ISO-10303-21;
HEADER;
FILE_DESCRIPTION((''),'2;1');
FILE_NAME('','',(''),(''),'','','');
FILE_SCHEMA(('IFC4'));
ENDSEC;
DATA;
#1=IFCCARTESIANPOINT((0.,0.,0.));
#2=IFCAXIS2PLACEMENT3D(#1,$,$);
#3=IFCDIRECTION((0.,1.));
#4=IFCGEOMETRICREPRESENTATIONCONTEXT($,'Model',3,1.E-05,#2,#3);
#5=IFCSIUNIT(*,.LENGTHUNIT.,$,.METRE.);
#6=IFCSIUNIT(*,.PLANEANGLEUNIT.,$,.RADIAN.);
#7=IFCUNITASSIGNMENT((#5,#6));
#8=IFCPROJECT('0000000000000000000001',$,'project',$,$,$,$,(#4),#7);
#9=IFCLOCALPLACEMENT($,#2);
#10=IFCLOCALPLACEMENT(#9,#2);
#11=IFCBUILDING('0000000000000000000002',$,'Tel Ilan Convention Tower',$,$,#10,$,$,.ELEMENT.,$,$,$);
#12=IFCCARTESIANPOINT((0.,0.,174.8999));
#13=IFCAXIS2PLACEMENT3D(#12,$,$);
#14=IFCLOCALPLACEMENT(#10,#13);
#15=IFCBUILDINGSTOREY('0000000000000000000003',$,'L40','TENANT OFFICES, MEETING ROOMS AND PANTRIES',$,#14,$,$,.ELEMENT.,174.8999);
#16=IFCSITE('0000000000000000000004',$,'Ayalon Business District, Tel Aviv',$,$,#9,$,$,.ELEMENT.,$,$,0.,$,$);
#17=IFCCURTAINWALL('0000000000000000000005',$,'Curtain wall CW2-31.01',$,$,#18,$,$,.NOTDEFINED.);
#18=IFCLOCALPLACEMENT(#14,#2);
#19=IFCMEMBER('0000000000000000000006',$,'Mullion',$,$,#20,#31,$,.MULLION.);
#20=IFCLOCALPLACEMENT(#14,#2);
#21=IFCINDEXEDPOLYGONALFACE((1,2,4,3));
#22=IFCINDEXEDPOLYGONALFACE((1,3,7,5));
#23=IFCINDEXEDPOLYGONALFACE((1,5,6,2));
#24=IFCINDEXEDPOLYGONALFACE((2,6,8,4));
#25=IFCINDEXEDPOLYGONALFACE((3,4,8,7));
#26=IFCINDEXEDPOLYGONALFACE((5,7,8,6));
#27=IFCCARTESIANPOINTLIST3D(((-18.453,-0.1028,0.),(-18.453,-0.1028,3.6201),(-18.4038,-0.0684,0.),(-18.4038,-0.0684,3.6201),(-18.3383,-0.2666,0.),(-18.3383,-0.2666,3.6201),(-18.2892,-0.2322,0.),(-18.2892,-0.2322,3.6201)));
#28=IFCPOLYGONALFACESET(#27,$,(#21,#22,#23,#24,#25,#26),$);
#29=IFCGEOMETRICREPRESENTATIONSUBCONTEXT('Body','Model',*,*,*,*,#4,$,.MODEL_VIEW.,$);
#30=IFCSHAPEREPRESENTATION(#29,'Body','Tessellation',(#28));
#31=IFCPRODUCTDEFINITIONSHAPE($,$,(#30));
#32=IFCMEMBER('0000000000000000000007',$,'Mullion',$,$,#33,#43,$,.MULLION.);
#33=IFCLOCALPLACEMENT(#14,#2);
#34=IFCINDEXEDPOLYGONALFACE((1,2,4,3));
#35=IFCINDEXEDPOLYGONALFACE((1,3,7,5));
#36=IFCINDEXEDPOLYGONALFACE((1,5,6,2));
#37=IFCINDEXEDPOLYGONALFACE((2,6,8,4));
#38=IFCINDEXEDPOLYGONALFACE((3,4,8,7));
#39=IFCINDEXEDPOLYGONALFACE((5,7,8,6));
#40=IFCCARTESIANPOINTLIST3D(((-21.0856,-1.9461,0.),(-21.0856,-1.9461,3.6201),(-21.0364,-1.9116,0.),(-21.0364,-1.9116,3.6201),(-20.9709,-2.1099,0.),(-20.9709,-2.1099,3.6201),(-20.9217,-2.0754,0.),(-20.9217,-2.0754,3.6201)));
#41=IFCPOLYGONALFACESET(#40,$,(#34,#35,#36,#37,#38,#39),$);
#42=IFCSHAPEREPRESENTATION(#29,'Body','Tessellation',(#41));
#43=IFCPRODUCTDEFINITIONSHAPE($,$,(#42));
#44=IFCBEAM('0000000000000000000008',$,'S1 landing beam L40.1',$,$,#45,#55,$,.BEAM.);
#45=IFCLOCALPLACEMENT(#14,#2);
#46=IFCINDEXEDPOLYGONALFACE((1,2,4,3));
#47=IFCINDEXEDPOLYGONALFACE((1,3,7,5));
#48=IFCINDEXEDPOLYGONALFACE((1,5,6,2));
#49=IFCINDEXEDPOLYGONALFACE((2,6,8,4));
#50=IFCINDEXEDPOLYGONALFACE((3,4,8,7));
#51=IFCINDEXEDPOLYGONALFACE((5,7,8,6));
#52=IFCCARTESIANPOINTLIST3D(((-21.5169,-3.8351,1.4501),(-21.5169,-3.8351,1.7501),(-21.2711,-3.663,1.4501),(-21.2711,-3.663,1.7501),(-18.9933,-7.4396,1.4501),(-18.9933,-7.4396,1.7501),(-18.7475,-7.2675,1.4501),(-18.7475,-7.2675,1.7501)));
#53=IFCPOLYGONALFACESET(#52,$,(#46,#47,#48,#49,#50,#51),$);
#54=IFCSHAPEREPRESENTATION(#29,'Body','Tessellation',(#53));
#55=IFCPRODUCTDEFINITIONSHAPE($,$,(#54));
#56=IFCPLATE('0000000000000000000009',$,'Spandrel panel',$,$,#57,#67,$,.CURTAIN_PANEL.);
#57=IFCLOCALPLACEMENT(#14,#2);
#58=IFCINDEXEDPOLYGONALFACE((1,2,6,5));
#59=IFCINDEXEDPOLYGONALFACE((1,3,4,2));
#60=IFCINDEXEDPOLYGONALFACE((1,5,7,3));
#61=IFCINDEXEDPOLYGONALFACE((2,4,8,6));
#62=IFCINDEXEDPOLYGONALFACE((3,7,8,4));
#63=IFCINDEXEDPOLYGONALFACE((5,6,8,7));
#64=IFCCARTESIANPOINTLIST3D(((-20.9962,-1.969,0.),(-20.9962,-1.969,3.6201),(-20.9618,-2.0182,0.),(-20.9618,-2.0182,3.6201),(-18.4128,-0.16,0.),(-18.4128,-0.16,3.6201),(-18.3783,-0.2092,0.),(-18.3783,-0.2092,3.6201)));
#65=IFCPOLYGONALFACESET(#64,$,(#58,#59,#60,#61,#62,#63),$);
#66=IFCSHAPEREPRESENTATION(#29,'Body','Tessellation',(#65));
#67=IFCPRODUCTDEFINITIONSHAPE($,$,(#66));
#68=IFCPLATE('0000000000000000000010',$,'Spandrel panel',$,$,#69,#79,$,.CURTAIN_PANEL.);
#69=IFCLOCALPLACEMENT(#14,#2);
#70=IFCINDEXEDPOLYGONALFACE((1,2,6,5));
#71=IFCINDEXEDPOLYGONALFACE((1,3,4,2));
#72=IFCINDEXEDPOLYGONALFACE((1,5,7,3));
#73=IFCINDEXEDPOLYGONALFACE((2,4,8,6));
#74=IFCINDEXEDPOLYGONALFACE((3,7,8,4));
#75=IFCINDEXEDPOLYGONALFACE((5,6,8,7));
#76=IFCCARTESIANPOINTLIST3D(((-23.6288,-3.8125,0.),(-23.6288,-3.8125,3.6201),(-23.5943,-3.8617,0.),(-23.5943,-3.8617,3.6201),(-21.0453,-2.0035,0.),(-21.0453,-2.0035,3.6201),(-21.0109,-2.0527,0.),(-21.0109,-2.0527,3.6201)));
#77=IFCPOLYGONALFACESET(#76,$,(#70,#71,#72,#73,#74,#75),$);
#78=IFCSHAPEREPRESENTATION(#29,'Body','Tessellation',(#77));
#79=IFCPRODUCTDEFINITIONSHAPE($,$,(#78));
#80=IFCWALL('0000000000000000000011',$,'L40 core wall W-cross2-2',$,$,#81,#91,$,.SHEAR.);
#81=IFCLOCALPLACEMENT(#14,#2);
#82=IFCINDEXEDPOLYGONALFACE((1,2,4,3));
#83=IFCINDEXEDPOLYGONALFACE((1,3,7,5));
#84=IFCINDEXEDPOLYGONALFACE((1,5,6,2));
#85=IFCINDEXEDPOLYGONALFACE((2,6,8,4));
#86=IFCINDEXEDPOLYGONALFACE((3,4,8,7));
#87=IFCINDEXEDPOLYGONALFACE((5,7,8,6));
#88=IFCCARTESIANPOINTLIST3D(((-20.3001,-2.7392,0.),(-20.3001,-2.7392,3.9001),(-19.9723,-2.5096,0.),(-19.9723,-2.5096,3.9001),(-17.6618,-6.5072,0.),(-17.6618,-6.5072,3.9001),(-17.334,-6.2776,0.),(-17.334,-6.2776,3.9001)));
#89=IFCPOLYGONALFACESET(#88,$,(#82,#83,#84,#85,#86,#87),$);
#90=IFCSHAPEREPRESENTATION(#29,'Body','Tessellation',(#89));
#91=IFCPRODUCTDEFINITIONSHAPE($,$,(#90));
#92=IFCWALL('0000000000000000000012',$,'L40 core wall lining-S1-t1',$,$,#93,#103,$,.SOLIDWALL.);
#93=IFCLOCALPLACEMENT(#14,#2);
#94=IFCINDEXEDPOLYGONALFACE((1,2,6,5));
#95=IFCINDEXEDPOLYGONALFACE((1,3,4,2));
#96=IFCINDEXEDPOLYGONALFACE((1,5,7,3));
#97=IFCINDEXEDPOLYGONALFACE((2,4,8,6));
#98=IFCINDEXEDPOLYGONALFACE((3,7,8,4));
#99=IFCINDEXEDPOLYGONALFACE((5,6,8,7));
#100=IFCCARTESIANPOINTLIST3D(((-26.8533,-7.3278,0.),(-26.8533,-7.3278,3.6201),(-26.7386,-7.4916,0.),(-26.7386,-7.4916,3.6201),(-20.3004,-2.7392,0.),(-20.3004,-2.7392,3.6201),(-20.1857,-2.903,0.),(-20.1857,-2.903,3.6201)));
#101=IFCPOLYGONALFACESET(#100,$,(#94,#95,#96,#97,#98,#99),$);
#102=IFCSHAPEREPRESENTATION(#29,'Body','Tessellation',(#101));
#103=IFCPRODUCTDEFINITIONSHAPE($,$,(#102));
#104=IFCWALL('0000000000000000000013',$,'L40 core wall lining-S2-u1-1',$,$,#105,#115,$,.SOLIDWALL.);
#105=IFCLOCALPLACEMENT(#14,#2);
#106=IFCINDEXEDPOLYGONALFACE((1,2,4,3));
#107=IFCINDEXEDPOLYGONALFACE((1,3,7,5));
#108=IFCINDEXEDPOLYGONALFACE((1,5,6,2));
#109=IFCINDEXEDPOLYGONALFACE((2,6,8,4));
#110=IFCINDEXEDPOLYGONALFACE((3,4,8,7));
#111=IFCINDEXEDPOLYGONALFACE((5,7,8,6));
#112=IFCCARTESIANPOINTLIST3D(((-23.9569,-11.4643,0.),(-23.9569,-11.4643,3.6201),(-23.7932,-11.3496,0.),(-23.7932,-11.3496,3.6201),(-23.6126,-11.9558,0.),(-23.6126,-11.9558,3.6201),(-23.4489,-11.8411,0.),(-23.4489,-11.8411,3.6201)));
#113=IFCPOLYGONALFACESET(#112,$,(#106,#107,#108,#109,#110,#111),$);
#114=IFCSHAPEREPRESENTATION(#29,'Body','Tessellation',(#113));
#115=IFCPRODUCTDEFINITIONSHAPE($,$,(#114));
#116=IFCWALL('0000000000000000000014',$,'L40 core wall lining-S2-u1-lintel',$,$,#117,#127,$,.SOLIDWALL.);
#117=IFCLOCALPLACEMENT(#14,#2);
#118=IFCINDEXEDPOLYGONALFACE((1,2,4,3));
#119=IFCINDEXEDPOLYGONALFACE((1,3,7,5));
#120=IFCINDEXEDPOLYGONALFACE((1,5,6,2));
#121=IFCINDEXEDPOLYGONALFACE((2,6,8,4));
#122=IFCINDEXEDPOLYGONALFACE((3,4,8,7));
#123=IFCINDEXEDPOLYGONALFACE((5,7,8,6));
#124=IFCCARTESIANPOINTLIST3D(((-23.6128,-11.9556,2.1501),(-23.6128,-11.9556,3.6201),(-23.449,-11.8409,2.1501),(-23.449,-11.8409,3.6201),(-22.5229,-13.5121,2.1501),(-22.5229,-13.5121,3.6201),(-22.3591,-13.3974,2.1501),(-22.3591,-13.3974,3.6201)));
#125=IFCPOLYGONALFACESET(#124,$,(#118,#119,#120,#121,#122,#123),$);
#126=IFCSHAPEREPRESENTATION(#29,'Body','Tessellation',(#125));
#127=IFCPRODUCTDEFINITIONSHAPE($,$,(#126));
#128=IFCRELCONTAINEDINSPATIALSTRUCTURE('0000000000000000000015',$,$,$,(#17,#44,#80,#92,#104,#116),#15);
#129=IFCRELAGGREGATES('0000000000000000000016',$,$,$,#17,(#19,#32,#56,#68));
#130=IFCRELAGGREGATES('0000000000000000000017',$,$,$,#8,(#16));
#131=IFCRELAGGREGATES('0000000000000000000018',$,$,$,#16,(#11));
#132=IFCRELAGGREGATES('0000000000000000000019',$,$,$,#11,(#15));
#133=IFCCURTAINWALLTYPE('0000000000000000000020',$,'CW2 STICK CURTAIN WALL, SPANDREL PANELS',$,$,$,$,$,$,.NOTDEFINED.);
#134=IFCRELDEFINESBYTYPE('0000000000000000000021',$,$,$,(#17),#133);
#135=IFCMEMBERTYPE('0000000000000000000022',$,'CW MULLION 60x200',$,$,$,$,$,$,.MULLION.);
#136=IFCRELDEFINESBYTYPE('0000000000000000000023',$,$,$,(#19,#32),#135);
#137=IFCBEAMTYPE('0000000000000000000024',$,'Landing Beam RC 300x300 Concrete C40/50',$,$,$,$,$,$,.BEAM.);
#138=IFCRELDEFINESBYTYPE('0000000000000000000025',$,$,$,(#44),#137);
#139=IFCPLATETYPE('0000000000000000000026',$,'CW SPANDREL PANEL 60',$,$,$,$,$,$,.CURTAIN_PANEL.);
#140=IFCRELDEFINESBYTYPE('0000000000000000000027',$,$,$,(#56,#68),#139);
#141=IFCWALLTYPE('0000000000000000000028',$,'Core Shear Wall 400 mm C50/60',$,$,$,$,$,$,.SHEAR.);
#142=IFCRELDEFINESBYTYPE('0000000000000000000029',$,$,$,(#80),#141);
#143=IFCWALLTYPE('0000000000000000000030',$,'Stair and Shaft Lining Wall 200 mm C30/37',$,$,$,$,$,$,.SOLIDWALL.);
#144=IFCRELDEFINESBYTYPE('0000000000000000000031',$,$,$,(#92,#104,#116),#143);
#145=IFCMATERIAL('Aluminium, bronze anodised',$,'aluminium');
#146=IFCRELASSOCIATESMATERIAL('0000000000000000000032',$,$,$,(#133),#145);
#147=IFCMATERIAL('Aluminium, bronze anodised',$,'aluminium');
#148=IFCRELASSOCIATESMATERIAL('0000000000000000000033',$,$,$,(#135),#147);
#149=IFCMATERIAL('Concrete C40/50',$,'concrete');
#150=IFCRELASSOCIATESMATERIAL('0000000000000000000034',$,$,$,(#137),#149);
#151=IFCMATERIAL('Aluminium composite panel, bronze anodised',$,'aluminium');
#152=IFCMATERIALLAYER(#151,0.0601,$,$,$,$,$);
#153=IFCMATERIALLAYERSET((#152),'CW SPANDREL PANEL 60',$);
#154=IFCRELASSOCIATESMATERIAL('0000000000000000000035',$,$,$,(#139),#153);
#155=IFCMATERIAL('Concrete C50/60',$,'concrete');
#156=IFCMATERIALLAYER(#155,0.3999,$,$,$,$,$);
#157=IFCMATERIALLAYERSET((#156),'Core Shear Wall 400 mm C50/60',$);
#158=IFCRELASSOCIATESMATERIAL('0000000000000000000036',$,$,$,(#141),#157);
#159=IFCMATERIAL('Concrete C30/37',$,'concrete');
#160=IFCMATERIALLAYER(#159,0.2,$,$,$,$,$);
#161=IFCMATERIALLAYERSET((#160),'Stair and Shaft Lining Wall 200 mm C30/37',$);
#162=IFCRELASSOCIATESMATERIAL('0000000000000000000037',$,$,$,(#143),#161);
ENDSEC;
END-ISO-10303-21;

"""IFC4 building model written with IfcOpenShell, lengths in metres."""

from ifc_helpers import new_model, si_unit, direction, frame, frame_2d, origin, origin_2d, place, context, subcontext, project, spatial, polyline, rectangle, outline, extrude, material, layer, layer_set, material_profile, profile_set, type_object, element, aggregate, save


model = new_model("IFC4")

# Units and contexts
model_context = context("Model", 3, precision=1e-05, world=origin(), true_north=direction((0.0, 1.0)))
body_context = subcontext(model_context, "Body", "Model", "MODEL_VIEW")
ifc_project = project(units=[si_unit("LENGTHUNIT", "METRE"), si_unit("PLANEANGLEUNIT", "RADIAN")], contexts=[model_context])

# Site, building, storey
site_placement = place(None, origin())
site = spatial("IfcSite", under=ifc_project, at=site_placement, Name="Ayalon Business District, Tel Aviv", CompositionType="ELEMENT", RefElevation=0.0)
building_placement = place(site_placement, origin())
building = spatial("IfcBuilding", under=site, at=building_placement, Name="Tel Ilan Convention Tower", CompositionType="ELEMENT")
storey_placement = place(building_placement, frame((0.0, 0.0, 174.8999)))
storey = spatial("IfcBuildingStorey", under=building, at=storey_placement, Name="L40", Description="TENANT OFFICES, MEETING ROOMS AND PANTRIES", CompositionType="ELEMENT", Elevation=174.8999)

# Curtain wall, members
ifc_material_1 = material(Name="Aluminium, bronze anodised", Category="aluminium")
curtain_wall_type = type_object("IfcCurtainWallType", Name="CW2 STICK CURTAIN WALL, SPANDREL PANELS", PredefinedType="NOTDEFINED", material=ifc_material_1)
curtain_wall_placement = place(storey_placement, origin())
curtain_wall = element("IfcCurtainWall", 1, at=curtain_wall_placement, inside=storey, type_object=curtain_wall_type, Name="Curtain wall CW2-31.01", PredefinedType="NOTDEFINED")
ifc_material_2 = material(Name="Aluminium, bronze anodised", Category="aluminium")
ifc_material_profile_1 = material_profile(ifc_material_2, rectangle(XDim=0.0601, YDim=0.2, at=origin_2d()), Name="CW MULLION 60x200")
ifc_profile_set_1 = profile_set([ifc_material_profile_1], Name="Aluminium, bronze anodised")
member_type = type_object("IfcMemberType", Name="CW MULLION 60x200", PredefinedType="MULLION", material=ifc_profile_set_1)
member_1_placement = place(storey_placement, frame((-18.3711, -0.1675, 0.0), z_axis=(0.0, 0.0, 1.0), x_axis=(-0.819152, -0.573576, 0.0)))
member_1 = element("IfcMember", 2, at=member_1_placement, type_object=member_type, Name="Mullion", PredefinedType="MULLION", context=body_context, shape_type="SweptSolid", body=[
    extrude(rectangle(XDim=0.0601, YDim=0.2, at=origin_2d()), origin(), (0.0, 0.0, 1.0), 3.6201),
])
member_2_placement = place(storey_placement, frame((-21.0037, -2.0107, 0.0), z_axis=(0.0, 0.0, 1.0), x_axis=(-0.819152, -0.573576, 0.0)))
member_2 = element("IfcMember", 3, at=member_2_placement, type_object=member_type, Name="Mullion", PredefinedType="MULLION", context=body_context, shape_type="SweptSolid", body=[
    extrude(rectangle(XDim=0.0601, YDim=0.2, at=origin_2d()), origin(), (0.0, 0.0, 1.0), 3.6201),
])

# Beam
ifc_material_3 = material(Name="Concrete C40/50", Category="concrete")
ifc_material_profile_2 = material_profile(ifc_material_3, rectangle(XDim=0.3, YDim=0.3, at=origin_2d()), Name="RC 300x300")
ifc_profile_set_2 = profile_set([ifc_material_profile_2], Name="Concrete C40/50")
beam_type = type_object("IfcBeamType", Name="Landing Beam RC 300x300 Concrete C40/50", PredefinedType="BEAM", material=ifc_profile_set_2)
beam_placement = place(storey_placement, frame((-18.8704, -7.3535, 1.6001), z_axis=(-0.573544, 0.819175, 0.0), x_axis=(-0.819175, -0.573544, 0.0)))
element("IfcBeam", 4, at=beam_placement, inside=storey, type_object=beam_type, Name="S1 landing beam L40.1", PredefinedType="BEAM", context=body_context, shape_type="SweptSolid", body=[
    extrude(rectangle(XDim=0.3, YDim=0.3, at=origin_2d()), origin(), (0.0, 0.0, 1.0), 4.4001),
])

# Plates
ifc_material_4 = material(Name="Aluminium composite panel, bronze anodised", Category="aluminium")
ifc_layer_1 = layer(ifc_material_4, 0.0601)
ifc_layer_set_1 = layer_set([ifc_layer_1], Name="CW SPANDREL PANEL 60")
plate_type = type_object("IfcPlateType", Name="CW SPANDREL PANEL 60", PredefinedType="CURTAIN_PANEL", material=ifc_layer_set_1)
plate_1_placement = place(storey_placement, frame((-19.6873, -1.0891, 0.0), z_axis=(0.0, 0.0, 1.0), x_axis=(-0.819152, -0.573576, 0.0)))
plate_1 = element("IfcPlate", 5, at=plate_1_placement, type_object=plate_type, Name="Spandrel panel", PredefinedType="CURTAIN_PANEL", context=body_context, shape_type="SweptSolid", body=[
    extrude(rectangle(XDim=3.1538, YDim=0.0601, at=origin_2d()), origin(), (0.0, 0.0, 1.0), 3.6201),
])
plate_2_placement = place(storey_placement, frame((-22.3198, -2.9326, 0.0), z_axis=(0.0, 0.0, 1.0), x_axis=(-0.819152, -0.573576, 0.0)))
plate_2 = element("IfcPlate", 6, at=plate_2_placement, type_object=plate_type, Name="Spandrel panel", PredefinedType="CURTAIN_PANEL", context=body_context, shape_type="SweptSolid", body=[
    extrude(rectangle(XDim=3.1538, YDim=0.0601, at=origin_2d()), origin(), (0.0, 0.0, 1.0), 3.6201),
])
aggregate(curtain_wall, [member_1, member_2, plate_1, plate_2])

# Walls
ifc_material_5 = material(Name="Concrete C50/60", Category="concrete")
ifc_layer_2 = layer(ifc_material_5, 0.3999)
ifc_layer_set_2 = layer_set([ifc_layer_2], Name="Core Shear Wall 400 mm C50/60")
wall_type_1 = type_object("IfcWallType", Name="Core Shear Wall 400 mm C50/60", PredefinedType="SHEAR", material=ifc_layer_set_2)
wall_1_placement = place(storey_placement, frame((-17.4978, -6.3923, 0.0), z_axis=(0.0, 0.0, 1.0), x_axis=(-0.573612, 0.819127, 0.0)))
element("IfcWall", 7, at=wall_1_placement, inside=storey, type_object=wall_type_1, Name="L40 core wall W-cross2-2", PredefinedType="SHEAR", context=body_context, shape_type="SweptSolid", body=[
    extrude(outline(polyline([(4.5999, -0.2002), (4.5999, 0.2), (0.0, 0.2002), (0.0, -0.2), (4.5999, -0.2002)])), origin(), (0.0, 0.0, 1.0), 3.9001),
])
ifc_material_6 = material(Name="Concrete C30/37", Category="concrete")
ifc_layer_3 = layer(ifc_material_6, 0.2)
ifc_layer_set_3 = layer_set([ifc_layer_3], Name="Stair and Shaft Lining Wall 200 mm C30/37")
wall_type_2 = type_object("IfcWallType", Name="Stair and Shaft Lining Wall 200 mm C30/37", PredefinedType="SOLIDWALL", material=ifc_layer_set_3)
wall_2_placement = place(storey_placement, frame((-20.2429, -2.821, 0.0), z_axis=(0.0, 0.0, 1.0), x_axis=(-0.819142, -0.573591, 0.0)))
element("IfcWall", 8, at=wall_2_placement, inside=storey, type_object=wall_type_2, Name="L40 core wall lining-S1-t1", PredefinedType="SOLIDWALL", context=body_context, shape_type="SweptSolid", body=[
    extrude(rectangle(XDim=7.9998, YDim=0.2, at=frame_2d((4.0, 0.0))), origin(), (0.0, 0.0, 1.0), 3.6201),
])
wall_3_placement = place(storey_placement, frame((-23.5308, -11.8984, 0.0), z_axis=(0.0, 0.0, 1.0), x_axis=(-0.573708, 0.81906, 0.0)))
element("IfcWall", 9, at=wall_3_placement, inside=storey, type_object=wall_type_2, Name="L40 core wall lining-S2-u1-1", PredefinedType="SOLIDWALL", context=body_context, shape_type="SweptSolid", body=[
    extrude(rectangle(XDim=0.6001, YDim=0.2, at=frame_2d((0.3, 0.0))), origin(), (0.0, 0.0, 1.0), 3.6201),
])
wall_4_placement = place(storey_placement, frame((-22.4409, -13.4548, 2.1501), z_axis=(0.0, 0.0, 1.0), x_axis=(-0.573592, 0.819141, 0.0)))
element("IfcWall", 10, at=wall_4_placement, inside=storey, type_object=wall_type_2, Name="L40 core wall lining-S2-u1-lintel", PredefinedType="SOLIDWALL", context=body_context, shape_type="SweptSolid", body=[
    extrude(rectangle(XDim=1.9001, YDim=0.2, at=frame_2d((0.9502, 0.0))), origin(), (0.0, 0.0, 1.0), 1.47),
])

save(model, "model.ifc")
